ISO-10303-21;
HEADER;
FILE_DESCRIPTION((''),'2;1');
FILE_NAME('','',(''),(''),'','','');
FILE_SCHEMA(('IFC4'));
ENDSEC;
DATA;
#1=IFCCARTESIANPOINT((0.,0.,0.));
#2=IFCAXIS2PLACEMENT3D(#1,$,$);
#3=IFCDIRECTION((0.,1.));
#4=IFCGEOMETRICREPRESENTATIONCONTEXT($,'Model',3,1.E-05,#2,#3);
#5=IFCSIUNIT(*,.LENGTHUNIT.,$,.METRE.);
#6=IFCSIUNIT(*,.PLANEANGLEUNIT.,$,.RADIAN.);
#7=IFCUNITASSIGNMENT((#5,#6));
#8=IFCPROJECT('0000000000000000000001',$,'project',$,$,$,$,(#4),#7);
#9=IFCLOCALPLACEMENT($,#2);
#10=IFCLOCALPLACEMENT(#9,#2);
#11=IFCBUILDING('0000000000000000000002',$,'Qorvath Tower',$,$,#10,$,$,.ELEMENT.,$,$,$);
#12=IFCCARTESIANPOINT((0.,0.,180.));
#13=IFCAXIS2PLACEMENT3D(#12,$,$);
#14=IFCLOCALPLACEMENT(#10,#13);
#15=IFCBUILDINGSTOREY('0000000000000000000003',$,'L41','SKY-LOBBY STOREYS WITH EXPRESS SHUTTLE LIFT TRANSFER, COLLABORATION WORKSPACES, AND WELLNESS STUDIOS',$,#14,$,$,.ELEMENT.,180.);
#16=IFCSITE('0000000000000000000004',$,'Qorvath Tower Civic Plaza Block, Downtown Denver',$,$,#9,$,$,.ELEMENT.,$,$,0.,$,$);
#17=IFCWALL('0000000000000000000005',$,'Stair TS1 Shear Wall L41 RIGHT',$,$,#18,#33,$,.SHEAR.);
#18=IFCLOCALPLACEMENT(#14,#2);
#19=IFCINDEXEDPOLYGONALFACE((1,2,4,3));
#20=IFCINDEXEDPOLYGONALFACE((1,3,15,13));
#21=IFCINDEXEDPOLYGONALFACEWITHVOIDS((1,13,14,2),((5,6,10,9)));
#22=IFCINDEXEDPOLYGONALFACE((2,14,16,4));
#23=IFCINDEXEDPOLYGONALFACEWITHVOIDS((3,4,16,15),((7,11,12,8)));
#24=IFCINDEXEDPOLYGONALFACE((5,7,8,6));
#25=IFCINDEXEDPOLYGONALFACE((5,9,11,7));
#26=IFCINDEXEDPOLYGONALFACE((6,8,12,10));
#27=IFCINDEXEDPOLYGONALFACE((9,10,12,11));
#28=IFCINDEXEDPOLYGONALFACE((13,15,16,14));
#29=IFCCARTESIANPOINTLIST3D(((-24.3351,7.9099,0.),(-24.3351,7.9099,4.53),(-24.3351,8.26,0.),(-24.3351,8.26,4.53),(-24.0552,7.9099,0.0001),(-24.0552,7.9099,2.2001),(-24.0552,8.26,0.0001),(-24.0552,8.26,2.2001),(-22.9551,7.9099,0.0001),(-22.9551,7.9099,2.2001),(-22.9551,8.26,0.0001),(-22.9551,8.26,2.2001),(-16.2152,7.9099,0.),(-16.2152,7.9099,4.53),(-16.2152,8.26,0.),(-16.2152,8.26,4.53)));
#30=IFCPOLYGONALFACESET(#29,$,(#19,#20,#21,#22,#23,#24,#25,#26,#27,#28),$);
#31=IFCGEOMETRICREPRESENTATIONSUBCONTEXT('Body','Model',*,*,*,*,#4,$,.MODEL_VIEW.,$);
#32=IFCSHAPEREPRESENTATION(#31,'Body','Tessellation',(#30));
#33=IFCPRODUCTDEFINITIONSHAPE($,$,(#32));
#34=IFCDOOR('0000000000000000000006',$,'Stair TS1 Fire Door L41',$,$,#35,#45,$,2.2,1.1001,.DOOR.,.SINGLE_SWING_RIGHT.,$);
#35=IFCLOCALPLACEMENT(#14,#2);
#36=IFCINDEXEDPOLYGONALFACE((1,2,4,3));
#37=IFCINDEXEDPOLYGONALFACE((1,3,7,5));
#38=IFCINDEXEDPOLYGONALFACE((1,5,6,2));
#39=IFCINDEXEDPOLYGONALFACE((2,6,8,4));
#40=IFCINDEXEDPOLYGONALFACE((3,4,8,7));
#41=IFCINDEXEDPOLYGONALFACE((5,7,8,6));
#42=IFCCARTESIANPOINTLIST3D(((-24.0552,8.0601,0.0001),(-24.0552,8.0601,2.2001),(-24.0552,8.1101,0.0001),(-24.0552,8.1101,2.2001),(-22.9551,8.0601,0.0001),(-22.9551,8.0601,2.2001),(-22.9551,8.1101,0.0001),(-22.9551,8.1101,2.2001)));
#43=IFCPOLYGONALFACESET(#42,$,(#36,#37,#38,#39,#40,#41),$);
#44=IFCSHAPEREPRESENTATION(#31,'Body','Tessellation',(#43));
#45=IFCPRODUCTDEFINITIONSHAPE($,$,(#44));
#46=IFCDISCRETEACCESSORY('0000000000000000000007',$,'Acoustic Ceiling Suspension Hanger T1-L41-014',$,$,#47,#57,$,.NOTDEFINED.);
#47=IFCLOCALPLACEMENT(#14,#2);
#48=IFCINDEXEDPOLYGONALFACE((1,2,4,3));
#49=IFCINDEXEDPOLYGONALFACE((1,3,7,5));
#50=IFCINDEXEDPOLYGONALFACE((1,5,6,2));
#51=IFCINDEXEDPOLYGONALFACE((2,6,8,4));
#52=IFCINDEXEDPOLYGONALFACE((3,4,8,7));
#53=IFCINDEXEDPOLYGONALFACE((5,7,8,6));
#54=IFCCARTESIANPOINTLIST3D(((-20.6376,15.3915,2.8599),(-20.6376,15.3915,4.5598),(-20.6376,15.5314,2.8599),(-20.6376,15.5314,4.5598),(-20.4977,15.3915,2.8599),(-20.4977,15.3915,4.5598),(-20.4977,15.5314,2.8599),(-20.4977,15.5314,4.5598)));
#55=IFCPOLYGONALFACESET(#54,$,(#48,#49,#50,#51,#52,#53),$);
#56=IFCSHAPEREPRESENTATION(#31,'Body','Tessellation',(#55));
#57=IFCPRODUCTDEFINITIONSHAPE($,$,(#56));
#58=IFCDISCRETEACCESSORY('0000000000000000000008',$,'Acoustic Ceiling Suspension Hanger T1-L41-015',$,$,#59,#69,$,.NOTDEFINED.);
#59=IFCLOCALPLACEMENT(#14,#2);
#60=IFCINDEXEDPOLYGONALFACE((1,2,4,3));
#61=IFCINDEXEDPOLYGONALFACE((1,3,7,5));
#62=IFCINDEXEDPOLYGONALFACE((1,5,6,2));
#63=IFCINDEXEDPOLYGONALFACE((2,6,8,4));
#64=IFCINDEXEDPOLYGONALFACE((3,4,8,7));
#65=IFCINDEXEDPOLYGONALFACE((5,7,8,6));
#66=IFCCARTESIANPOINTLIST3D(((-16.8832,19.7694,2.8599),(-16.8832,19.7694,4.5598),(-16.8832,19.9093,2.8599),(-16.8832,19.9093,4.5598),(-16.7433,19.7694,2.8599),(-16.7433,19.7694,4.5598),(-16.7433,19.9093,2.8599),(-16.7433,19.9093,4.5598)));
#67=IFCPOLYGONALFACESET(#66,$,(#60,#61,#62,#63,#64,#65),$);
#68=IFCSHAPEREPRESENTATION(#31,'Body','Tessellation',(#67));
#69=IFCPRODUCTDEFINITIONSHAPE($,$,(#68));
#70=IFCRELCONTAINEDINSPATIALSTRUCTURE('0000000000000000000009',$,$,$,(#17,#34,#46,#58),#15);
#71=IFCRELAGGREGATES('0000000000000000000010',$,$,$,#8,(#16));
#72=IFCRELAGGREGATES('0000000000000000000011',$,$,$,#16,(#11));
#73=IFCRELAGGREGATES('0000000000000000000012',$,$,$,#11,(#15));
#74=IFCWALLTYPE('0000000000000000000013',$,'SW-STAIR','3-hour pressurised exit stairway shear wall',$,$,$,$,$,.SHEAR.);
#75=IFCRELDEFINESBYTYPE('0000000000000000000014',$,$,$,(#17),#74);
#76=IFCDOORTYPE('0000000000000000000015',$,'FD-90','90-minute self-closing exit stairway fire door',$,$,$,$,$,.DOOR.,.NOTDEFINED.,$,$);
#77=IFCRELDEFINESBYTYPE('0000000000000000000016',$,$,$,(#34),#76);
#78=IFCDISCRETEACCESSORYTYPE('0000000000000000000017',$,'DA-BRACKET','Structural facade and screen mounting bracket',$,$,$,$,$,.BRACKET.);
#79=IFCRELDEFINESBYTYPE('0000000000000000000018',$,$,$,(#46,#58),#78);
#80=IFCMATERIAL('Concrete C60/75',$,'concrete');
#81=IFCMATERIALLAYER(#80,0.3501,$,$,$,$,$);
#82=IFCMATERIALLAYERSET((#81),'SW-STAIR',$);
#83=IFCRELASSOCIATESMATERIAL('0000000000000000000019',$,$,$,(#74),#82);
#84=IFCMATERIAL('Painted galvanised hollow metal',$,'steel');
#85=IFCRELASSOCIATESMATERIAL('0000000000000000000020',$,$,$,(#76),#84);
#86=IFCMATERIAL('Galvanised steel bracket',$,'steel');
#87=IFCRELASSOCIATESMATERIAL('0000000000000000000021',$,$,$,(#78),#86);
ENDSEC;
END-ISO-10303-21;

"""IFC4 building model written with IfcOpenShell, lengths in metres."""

from ifc_helpers import new_model, si_unit, direction, frame, frame_2d, origin, origin_2d, place, context, subcontext, project, spatial, rectangle, extrude, material, layer, layer_set, type_object, element, fill, save


model = new_model("IFC4")

# Units and contexts
model_context = context("Model", 3, precision=1e-05, world=origin(), true_north=direction((0.0, 1.0)))
body_context = subcontext(model_context, "Body", "Model", "MODEL_VIEW")
ifc_project = project(units=[si_unit("LENGTHUNIT", "METRE"), si_unit("PLANEANGLEUNIT", "RADIAN")], contexts=[model_context])

# Site, building, storey
site_placement = place(None, origin())
site = spatial("IfcSite", under=ifc_project, at=site_placement, Name="Qorvath Tower Civic Plaza Block, Downtown Denver", CompositionType="ELEMENT", RefElevation=0.0)
building_placement = place(site_placement, origin())
building = spatial("IfcBuilding", under=site, at=building_placement, Name="Qorvath Tower", CompositionType="ELEMENT")
storey_placement = place(building_placement, frame((0.0, 0.0, 180.0)))
storey = spatial("IfcBuildingStorey", under=building, at=storey_placement, Name="L41", Description="SKY-LOBBY STOREYS WITH EXPRESS SHUTTLE LIFT TRANSFER, COLLABORATION WORKSPACES, AND WELLNESS STUDIOS", CompositionType="ELEMENT", Elevation=180.0)

# Wall, opening, door
ifc_material_1 = material(Name="Concrete C60/75", Category="concrete")
ifc_layer_1 = layer(ifc_material_1, 0.3501)
ifc_layer_set_1 = layer_set([ifc_layer_1], Name="SW-STAIR")
wall_type_1 = type_object("IfcWallType", Name="SW-STAIR", Description="3-hour pressurised exit stairway shear wall", PredefinedType="SHEAR", material=ifc_layer_set_1)
wall_1_placement = place(storey_placement, frame((-16.2151, 8.085, 0.0), z_axis=(0.0, 0.0, 1.0), x_axis=(-1.0, 0.0, 0.0)))
wall_1 = element("IfcWall", 1, at=wall_1_placement, inside=storey, type_object=wall_type_1, Name="Stair TS1 Shear Wall L41 RIGHT", PredefinedType="SHEAR", context=body_context, shape_type="SweptSolid", body=[
    extrude(rectangle(XDim=8.1199, YDim=0.3501, at=frame_2d((4.0601, 0.0))), origin(), (0.0, 0.0, 1.0), 4.53),
])
opening_1_placement = place(wall_1_placement, frame((6.74, 0.0, 0.0)))
opening_1 = element("IfcOpeningElement", 2, at=opening_1_placement, cuts=wall_1, PredefinedType="OPENING", context=body_context, shape_type="SweptSolid", body=[
    extrude(rectangle(XDim=1.1001, YDim=2.2, at=frame_2d((0.55, 1.1001))), frame((0.0, 0.1851, 0.0), z_axis=(0.0, -1.0, 0.0), x_axis=(1.0, 0.0, 0.0)), (0.0, 0.0, 1.0), 0.3701),
])
ifc_material_2 = material(Name="Painted galvanised hollow metal", Category="steel")
door_type_1 = type_object("IfcDoorType", Name="FD-90", Description="90-minute self-closing exit stairway fire door", OperationType="NOTDEFINED", PredefinedType="DOOR", material=ifc_material_2)
door_1_placement = place(opening_1_placement, origin())
door_1 = element("IfcDoor", 3, at=door_1_placement, inside=storey, type_object=door_type_1, Name="Stair TS1 Fire Door L41", OperationType="SINGLE_SWING_RIGHT", OverallHeight=2.2, OverallWidth=1.1001, PredefinedType="DOOR", context=body_context, shape_type="SweptSolid", body=[
    extrude(rectangle(XDim=1.1001, YDim=2.2, at=frame_2d((0.55, 1.1001))), frame((0.0, 0.0249, 0.0), z_axis=(0.0, -1.0, 0.0), x_axis=(1.0, 0.0, 0.0)), (0.0, 0.0, 1.0), 0.05),
])
fill(opening_1, door_1)

# Discrete accessories
ifc_material_3 = material(Name="Galvanised steel bracket", Category="steel")
discrete_accessory_type = type_object("IfcDiscreteAccessoryType", Name="DA-BRACKET", Description="Structural facade and screen mounting bracket", PredefinedType="BRACKET", material=ifc_material_3)
for number, where, z_axis, x_axis, name in (
    (4, (-20.5676, 15.4614, 2.8599), (0.0, 0.0, 1.0), (1.0, 0.0, 0.0), "Acoustic Ceiling Suspension Hanger T1-L41-014"),
    (5, (-16.8132, 19.8394, 2.8599), (0.0, 0.0, 1.0), (1.0, 0.0, 0.0), "Acoustic Ceiling Suspension Hanger T1-L41-015"),
):
    element("IfcDiscreteAccessory", number, at=place(storey_placement, frame(where, z_axis=z_axis, x_axis=x_axis)), inside=storey, type_object=discrete_accessory_type, Name=name, PredefinedType="NOTDEFINED", context=body_context, shape_type="SweptSolid", body=[
        extrude(rectangle(XDim=0.1399, YDim=0.1399, at=origin_2d()), origin(), (0.0, 0.0, 1.0), 1.7),
    ])

save(model, "model.ifc")
